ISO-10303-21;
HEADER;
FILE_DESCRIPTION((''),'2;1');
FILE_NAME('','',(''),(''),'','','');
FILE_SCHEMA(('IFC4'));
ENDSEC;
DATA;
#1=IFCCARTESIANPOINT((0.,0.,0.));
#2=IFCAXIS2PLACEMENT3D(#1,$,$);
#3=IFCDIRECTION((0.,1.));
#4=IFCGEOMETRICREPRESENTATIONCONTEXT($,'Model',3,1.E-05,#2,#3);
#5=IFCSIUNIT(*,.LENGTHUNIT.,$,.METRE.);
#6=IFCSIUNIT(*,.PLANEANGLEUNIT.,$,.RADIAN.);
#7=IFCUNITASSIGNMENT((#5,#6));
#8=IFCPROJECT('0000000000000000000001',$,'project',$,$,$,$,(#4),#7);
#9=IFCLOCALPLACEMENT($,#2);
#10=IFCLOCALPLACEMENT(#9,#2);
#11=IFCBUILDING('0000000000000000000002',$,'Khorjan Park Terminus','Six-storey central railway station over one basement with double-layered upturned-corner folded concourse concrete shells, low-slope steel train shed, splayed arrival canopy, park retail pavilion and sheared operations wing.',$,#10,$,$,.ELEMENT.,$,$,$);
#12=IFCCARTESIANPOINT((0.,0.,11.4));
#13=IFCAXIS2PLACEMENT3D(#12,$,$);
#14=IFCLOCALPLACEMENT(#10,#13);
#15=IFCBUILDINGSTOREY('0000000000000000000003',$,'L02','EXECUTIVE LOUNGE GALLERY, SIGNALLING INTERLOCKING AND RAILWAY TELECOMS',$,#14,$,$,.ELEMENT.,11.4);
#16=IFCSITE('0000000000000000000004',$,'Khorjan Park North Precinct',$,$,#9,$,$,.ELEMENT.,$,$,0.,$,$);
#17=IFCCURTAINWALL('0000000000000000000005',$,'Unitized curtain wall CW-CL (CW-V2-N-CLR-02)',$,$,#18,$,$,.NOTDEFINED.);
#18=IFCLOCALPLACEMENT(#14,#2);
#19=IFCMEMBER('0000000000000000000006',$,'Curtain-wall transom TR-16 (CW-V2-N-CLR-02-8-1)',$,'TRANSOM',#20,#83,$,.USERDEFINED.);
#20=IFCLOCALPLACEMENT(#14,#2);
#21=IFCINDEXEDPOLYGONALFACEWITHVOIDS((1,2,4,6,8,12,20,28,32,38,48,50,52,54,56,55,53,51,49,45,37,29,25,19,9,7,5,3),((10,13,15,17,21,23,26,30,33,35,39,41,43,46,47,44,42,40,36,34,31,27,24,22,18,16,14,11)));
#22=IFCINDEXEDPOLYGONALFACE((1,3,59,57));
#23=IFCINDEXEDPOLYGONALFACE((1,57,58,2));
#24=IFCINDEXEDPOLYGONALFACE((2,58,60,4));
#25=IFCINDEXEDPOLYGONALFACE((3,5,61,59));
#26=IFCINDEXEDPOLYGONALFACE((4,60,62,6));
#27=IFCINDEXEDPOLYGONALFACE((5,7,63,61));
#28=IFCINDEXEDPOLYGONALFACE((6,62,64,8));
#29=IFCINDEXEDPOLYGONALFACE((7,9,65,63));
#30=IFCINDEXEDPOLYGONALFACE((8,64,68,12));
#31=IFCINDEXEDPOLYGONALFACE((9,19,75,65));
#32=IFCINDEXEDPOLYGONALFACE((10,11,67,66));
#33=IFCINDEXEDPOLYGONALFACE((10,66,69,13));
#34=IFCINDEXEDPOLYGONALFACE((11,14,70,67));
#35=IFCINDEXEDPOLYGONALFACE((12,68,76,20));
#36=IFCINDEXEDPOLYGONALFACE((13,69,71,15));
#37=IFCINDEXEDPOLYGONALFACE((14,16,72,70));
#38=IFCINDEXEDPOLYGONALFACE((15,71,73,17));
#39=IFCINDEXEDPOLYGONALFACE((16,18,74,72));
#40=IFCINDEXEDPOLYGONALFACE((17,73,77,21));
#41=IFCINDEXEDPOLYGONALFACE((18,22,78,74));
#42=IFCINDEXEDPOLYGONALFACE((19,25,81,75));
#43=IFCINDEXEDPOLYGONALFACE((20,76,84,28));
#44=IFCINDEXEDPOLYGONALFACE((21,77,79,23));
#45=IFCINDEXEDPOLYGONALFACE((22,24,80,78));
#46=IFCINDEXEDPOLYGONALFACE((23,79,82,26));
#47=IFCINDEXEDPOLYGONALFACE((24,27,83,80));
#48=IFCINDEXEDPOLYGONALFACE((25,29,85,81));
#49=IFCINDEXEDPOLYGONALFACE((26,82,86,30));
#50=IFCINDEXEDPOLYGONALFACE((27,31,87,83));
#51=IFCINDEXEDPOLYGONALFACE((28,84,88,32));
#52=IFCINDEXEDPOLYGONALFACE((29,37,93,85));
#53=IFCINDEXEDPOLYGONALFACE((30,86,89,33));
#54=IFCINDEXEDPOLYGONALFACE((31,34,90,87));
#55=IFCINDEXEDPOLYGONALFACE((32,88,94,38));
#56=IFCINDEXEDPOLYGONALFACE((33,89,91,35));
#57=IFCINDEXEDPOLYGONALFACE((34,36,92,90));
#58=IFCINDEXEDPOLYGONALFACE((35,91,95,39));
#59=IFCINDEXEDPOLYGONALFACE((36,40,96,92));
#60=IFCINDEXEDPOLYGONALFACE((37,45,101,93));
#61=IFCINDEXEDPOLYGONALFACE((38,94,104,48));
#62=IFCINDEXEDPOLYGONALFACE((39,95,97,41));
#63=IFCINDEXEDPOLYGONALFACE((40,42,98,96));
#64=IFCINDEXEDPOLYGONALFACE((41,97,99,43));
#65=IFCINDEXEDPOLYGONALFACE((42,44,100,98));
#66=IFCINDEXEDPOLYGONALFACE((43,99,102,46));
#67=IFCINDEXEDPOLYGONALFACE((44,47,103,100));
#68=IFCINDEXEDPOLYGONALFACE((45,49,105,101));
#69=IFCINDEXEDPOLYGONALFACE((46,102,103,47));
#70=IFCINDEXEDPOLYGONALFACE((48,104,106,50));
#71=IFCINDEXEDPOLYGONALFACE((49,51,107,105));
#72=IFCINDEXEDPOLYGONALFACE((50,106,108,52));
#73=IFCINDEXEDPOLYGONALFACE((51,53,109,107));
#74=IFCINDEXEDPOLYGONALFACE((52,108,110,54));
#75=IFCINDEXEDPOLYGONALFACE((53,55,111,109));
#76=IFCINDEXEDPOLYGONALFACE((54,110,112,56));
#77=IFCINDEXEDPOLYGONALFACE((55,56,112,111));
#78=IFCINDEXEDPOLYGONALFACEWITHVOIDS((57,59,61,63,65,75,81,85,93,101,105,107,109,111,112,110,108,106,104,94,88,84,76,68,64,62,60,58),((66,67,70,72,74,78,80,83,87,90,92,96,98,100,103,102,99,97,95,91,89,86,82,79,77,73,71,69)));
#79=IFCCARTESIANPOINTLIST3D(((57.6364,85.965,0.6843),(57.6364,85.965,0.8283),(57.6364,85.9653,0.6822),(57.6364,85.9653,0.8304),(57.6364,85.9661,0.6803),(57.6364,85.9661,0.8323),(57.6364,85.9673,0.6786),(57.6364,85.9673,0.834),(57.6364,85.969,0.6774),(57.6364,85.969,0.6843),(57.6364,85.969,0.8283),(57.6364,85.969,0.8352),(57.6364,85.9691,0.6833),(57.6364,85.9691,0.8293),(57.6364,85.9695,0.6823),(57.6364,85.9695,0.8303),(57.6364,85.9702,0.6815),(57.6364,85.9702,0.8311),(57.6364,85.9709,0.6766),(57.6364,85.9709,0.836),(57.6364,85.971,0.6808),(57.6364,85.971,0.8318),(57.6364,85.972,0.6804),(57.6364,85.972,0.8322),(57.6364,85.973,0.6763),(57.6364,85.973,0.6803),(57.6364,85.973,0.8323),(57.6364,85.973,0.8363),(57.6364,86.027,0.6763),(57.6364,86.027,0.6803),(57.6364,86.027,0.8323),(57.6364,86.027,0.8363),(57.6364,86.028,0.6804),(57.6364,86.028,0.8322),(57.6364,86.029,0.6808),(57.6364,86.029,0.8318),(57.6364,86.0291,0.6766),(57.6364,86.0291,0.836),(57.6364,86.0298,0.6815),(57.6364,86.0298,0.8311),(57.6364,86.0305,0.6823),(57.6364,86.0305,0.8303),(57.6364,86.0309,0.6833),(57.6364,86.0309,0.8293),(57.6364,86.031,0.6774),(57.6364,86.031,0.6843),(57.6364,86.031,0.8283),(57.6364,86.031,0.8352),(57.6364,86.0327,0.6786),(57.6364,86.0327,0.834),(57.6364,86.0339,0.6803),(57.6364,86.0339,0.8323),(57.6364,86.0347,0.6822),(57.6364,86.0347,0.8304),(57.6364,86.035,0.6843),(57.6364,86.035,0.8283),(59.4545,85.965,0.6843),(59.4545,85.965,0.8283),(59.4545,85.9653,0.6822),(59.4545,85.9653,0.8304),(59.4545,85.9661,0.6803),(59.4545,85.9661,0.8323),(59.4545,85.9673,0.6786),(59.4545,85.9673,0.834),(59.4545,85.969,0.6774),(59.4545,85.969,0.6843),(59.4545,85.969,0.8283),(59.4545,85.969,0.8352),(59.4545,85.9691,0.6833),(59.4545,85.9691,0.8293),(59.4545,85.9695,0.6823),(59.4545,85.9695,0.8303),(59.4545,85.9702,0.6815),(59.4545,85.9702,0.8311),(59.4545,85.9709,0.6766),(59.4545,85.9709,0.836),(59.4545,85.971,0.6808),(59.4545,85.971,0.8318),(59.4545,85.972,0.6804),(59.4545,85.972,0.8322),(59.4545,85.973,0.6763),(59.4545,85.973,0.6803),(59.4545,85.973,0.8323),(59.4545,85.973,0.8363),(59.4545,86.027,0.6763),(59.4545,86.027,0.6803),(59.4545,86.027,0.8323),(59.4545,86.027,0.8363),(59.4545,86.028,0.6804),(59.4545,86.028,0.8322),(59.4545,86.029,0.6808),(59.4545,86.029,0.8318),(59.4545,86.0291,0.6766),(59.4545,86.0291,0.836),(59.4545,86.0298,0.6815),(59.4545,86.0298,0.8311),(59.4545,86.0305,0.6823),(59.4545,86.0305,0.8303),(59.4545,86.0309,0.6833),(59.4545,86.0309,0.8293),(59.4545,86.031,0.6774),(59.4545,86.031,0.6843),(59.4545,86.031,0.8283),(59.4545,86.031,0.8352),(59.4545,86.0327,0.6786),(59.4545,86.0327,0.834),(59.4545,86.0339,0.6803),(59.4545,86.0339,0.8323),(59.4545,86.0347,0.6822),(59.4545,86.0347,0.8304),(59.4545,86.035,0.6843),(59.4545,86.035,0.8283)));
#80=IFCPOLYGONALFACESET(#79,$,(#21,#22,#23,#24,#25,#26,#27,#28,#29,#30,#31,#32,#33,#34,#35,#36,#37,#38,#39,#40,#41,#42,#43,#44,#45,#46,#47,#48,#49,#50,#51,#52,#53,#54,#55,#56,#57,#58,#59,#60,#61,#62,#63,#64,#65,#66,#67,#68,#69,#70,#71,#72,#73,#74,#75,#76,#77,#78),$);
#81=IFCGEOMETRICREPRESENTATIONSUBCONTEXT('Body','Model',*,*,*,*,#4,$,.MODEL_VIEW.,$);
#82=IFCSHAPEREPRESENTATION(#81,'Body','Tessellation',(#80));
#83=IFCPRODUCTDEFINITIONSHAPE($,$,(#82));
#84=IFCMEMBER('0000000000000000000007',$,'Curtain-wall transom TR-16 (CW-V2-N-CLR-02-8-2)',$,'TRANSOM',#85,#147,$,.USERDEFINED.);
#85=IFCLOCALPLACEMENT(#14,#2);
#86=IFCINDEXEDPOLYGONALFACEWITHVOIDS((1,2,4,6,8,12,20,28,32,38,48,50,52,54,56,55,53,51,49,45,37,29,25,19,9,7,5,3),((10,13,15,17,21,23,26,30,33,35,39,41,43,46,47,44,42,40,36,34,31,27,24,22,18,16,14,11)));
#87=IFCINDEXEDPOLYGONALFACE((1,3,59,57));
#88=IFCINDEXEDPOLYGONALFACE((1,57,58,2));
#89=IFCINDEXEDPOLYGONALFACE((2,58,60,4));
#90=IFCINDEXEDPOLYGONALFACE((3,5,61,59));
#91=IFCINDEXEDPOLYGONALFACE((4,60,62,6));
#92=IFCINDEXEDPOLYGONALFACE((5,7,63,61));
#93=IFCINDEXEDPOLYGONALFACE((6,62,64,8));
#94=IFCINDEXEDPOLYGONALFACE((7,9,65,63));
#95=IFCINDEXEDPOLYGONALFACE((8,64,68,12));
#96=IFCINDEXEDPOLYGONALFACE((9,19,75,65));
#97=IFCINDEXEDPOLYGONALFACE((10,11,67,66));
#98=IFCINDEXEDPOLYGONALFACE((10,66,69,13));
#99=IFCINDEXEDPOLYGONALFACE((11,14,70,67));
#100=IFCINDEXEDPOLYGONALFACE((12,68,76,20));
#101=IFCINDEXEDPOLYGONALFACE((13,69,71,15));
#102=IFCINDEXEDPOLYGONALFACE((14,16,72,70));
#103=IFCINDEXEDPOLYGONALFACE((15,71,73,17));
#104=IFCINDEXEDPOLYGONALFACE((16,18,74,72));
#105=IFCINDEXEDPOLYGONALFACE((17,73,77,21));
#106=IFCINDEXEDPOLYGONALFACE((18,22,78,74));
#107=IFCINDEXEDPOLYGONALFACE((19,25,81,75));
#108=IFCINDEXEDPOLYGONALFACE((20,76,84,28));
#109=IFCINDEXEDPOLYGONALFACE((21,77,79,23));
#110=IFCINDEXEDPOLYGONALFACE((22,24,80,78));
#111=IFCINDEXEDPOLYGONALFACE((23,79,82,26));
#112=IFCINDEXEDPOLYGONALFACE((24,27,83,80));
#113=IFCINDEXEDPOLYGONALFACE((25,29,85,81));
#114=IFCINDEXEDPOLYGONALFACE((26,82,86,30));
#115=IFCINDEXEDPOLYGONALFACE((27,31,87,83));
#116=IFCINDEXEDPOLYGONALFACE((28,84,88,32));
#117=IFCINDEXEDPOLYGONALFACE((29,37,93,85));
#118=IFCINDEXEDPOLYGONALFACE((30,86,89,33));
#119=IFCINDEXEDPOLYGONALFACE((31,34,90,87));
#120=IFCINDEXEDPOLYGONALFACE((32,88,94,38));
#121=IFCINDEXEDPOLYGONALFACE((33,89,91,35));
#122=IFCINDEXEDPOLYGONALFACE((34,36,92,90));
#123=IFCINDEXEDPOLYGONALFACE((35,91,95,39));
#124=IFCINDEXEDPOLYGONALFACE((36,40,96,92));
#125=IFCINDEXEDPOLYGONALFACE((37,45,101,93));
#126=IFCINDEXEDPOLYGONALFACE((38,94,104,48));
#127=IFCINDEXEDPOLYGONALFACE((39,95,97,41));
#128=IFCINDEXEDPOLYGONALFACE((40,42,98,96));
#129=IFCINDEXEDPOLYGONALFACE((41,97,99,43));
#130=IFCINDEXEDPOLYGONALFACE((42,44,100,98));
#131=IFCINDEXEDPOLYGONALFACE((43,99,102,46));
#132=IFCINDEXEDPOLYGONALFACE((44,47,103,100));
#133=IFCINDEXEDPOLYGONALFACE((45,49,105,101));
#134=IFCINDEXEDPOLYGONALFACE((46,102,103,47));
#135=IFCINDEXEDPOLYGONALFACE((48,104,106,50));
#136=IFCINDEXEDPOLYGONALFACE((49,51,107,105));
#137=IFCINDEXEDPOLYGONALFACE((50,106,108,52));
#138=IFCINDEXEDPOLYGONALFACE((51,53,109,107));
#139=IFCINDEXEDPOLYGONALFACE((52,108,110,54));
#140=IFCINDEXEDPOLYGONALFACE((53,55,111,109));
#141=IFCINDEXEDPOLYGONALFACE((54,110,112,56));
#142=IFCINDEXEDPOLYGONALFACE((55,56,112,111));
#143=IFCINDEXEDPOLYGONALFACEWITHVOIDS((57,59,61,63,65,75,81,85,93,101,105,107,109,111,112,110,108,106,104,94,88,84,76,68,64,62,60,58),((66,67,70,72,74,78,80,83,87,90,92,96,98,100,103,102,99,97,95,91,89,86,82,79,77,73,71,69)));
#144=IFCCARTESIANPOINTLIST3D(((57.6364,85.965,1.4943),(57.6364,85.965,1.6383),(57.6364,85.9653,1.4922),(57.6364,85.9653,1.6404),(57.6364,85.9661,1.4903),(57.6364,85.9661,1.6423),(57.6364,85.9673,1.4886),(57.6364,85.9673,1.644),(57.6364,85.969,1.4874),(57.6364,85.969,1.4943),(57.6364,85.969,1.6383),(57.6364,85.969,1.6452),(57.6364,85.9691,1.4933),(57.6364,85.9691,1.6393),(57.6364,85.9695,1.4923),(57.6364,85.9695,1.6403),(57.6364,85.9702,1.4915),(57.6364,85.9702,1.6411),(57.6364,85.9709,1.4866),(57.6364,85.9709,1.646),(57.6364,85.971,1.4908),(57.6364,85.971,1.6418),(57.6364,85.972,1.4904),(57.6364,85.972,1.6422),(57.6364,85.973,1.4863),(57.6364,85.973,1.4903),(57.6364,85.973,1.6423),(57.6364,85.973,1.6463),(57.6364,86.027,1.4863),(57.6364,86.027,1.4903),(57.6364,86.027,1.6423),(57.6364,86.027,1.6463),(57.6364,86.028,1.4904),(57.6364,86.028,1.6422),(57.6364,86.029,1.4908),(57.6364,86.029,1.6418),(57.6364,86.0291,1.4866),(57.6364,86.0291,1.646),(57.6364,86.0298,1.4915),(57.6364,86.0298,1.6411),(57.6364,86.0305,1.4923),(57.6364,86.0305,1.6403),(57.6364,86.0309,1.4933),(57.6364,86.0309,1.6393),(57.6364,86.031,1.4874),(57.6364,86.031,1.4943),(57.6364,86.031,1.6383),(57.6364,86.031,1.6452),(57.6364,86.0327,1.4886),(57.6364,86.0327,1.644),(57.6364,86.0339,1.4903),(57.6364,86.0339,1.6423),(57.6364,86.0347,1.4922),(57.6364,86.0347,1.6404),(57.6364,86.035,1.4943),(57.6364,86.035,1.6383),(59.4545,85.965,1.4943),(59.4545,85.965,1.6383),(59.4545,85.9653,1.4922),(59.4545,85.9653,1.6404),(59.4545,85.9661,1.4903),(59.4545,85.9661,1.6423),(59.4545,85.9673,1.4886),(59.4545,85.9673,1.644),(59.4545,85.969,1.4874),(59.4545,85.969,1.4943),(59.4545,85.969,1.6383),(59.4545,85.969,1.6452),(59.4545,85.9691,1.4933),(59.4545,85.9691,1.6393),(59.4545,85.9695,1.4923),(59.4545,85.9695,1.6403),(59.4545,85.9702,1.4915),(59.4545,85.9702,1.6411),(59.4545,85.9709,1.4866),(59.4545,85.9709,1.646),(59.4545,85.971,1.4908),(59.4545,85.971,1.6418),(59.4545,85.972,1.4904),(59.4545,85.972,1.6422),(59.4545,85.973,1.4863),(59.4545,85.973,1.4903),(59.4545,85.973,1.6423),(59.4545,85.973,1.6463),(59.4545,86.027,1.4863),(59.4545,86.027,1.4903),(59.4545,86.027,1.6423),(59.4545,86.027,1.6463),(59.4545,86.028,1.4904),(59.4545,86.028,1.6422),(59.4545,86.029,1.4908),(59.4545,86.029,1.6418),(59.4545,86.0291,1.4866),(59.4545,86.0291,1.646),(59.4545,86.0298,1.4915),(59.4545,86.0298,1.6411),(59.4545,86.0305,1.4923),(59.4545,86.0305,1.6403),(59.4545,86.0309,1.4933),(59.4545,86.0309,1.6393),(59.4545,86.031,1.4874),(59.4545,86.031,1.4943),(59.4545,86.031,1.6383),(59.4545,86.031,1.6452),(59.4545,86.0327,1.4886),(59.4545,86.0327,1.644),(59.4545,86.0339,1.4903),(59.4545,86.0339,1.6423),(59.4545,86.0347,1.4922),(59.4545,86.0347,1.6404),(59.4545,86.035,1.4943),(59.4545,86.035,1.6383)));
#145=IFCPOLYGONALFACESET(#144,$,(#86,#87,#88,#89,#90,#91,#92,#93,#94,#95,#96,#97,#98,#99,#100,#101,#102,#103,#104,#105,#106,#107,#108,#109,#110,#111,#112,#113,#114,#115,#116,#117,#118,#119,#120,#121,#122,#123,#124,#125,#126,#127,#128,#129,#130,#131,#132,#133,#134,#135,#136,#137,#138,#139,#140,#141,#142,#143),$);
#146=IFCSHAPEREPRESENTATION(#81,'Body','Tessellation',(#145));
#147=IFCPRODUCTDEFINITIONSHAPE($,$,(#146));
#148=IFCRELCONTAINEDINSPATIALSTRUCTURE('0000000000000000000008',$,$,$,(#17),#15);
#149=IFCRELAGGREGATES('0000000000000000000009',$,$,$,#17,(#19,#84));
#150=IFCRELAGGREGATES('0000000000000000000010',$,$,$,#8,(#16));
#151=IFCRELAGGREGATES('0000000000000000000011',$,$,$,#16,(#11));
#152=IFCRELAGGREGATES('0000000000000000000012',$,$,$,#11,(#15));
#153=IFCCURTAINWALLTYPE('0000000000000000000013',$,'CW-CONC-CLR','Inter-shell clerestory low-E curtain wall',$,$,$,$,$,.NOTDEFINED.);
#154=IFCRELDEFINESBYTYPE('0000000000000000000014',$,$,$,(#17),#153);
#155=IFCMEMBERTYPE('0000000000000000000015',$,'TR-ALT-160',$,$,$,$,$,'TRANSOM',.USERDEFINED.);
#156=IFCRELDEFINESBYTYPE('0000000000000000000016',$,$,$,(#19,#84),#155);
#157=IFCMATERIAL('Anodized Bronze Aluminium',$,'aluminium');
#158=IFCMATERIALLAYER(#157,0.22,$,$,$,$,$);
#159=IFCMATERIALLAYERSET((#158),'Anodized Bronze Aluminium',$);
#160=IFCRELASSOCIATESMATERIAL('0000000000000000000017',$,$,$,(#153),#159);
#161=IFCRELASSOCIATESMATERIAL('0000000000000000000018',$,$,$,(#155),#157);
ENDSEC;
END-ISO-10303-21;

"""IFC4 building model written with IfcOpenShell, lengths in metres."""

from ifc_helpers import new_model, si_unit, direction, frame, origin, origin_2d, place, context, subcontext, project, spatial, hollow_rectangle, extrude, material, layer, layer_set, material_profile, profile_set, type_object, element, aggregate, save


model = new_model("IFC4")

# Units and contexts
model_context = context("Model", 3, precision=1e-05, world=origin(), true_north=direction((0.0, 1.0)))
body_context = subcontext(model_context, "Body", "Model", "MODEL_VIEW")
ifc_project = project(units=[si_unit("LENGTHUNIT", "METRE"), si_unit("PLANEANGLEUNIT", "RADIAN")], contexts=[model_context])

# Site, building, storey
site_placement = place(None, origin())
site = spatial("IfcSite", under=ifc_project, at=site_placement, Name="Khorjan Park North Precinct", CompositionType="ELEMENT", RefElevation=0.0)
building_placement = place(site_placement, origin())
building = spatial("IfcBuilding", under=site, at=building_placement, Name="Khorjan Park Terminus", Description="Six-storey central railway station over one basement with double-layered upturned-corner folded concourse concrete shells, low-slope steel train shed, splayed arrival canopy, park retail pavilion and sheared operations wing.", CompositionType="ELEMENT")
storey_placement = place(building_placement, frame((0.0, 0.0, 11.4)))
storey = spatial("IfcBuildingStorey", under=building, at=storey_placement, Name="L02", Description="EXECUTIVE LOUNGE GALLERY, SIGNALLING INTERLOCKING AND RAILWAY TELECOMS", CompositionType="ELEMENT", Elevation=11.4)

# Curtain wall, members
ifc_material_1 = material(Name="Anodized Bronze Aluminium", Category="aluminium")
ifc_layer_1 = layer(ifc_material_1, 0.22)
ifc_layer_set_1 = layer_set([ifc_layer_1], Name="Anodized Bronze Aluminium")
curtain_wall_type = type_object("IfcCurtainWallType", Name="CW-CONC-CLR", Description="Inter-shell clerestory low-E curtain wall", PredefinedType="NOTDEFINED", material=ifc_layer_set_1)
curtain_wall_placement = place(storey_placement, origin())
curtain_wall = element("IfcCurtainWall", 1, at=curtain_wall_placement, inside=storey, type_object=curtain_wall_type, Name="Unitized curtain wall CW-CL (CW-V2-N-CLR-02)", PredefinedType="NOTDEFINED")
ifc_material_profile_1 = material_profile(ifc_material_1, hollow_rectangle(XDim=0.07, YDim=0.16, WallThickness=0.004, InnerFilletRadius=0.004, OuterFilletRadius=0.008, at=origin_2d()), Name="ALT 70x160x4")
ifc_profile_set_1 = profile_set([ifc_material_profile_1], Name="Anodized Bronze Aluminium")
member_type_1 = type_object("IfcMemberType", Name="TR-ALT-160", ElementType="TRANSOM", PredefinedType="USERDEFINED", material=ifc_profile_set_1)
member_1_placement = place(storey_placement, frame((59.4545, 86.0, 0.7563), z_axis=(-1.0, 0.0, 0.0), x_axis=(0.0, -1.0, 0.0)))
member_1 = element("IfcMember", 2, at=member_1_placement, type_object=member_type_1, Name="Curtain-wall transom TR-16 (CW-V2-N-CLR-02-8-1)", ObjectType="TRANSOM", PredefinedType="USERDEFINED", context=body_context, shape_type="SweptSolid", body=[
    extrude(hollow_rectangle(XDim=0.07, YDim=0.16, WallThickness=0.004, InnerFilletRadius=0.004, OuterFilletRadius=0.008, at=origin_2d()), origin(), (0.0, 0.0, 1.0), 1.8181),
])
member_2_placement = place(storey_placement, frame((59.4545, 86.0, 1.5663), z_axis=(-1.0, 0.0, 0.0), x_axis=(0.0, -1.0, 0.0)))
member_2 = element("IfcMember", 3, at=member_2_placement, type_object=member_type_1, Name="Curtain-wall transom TR-16 (CW-V2-N-CLR-02-8-2)", ObjectType="TRANSOM", PredefinedType="USERDEFINED", context=body_context, shape_type="SweptSolid", body=[
    extrude(hollow_rectangle(XDim=0.07, YDim=0.16, WallThickness=0.004, InnerFilletRadius=0.004, OuterFilletRadius=0.008, at=origin_2d()), origin(), (0.0, 0.0, 1.0), 1.8181),
])

aggregate(curtain_wall, [member_1, member_2])

save(model, "model.ifc")
